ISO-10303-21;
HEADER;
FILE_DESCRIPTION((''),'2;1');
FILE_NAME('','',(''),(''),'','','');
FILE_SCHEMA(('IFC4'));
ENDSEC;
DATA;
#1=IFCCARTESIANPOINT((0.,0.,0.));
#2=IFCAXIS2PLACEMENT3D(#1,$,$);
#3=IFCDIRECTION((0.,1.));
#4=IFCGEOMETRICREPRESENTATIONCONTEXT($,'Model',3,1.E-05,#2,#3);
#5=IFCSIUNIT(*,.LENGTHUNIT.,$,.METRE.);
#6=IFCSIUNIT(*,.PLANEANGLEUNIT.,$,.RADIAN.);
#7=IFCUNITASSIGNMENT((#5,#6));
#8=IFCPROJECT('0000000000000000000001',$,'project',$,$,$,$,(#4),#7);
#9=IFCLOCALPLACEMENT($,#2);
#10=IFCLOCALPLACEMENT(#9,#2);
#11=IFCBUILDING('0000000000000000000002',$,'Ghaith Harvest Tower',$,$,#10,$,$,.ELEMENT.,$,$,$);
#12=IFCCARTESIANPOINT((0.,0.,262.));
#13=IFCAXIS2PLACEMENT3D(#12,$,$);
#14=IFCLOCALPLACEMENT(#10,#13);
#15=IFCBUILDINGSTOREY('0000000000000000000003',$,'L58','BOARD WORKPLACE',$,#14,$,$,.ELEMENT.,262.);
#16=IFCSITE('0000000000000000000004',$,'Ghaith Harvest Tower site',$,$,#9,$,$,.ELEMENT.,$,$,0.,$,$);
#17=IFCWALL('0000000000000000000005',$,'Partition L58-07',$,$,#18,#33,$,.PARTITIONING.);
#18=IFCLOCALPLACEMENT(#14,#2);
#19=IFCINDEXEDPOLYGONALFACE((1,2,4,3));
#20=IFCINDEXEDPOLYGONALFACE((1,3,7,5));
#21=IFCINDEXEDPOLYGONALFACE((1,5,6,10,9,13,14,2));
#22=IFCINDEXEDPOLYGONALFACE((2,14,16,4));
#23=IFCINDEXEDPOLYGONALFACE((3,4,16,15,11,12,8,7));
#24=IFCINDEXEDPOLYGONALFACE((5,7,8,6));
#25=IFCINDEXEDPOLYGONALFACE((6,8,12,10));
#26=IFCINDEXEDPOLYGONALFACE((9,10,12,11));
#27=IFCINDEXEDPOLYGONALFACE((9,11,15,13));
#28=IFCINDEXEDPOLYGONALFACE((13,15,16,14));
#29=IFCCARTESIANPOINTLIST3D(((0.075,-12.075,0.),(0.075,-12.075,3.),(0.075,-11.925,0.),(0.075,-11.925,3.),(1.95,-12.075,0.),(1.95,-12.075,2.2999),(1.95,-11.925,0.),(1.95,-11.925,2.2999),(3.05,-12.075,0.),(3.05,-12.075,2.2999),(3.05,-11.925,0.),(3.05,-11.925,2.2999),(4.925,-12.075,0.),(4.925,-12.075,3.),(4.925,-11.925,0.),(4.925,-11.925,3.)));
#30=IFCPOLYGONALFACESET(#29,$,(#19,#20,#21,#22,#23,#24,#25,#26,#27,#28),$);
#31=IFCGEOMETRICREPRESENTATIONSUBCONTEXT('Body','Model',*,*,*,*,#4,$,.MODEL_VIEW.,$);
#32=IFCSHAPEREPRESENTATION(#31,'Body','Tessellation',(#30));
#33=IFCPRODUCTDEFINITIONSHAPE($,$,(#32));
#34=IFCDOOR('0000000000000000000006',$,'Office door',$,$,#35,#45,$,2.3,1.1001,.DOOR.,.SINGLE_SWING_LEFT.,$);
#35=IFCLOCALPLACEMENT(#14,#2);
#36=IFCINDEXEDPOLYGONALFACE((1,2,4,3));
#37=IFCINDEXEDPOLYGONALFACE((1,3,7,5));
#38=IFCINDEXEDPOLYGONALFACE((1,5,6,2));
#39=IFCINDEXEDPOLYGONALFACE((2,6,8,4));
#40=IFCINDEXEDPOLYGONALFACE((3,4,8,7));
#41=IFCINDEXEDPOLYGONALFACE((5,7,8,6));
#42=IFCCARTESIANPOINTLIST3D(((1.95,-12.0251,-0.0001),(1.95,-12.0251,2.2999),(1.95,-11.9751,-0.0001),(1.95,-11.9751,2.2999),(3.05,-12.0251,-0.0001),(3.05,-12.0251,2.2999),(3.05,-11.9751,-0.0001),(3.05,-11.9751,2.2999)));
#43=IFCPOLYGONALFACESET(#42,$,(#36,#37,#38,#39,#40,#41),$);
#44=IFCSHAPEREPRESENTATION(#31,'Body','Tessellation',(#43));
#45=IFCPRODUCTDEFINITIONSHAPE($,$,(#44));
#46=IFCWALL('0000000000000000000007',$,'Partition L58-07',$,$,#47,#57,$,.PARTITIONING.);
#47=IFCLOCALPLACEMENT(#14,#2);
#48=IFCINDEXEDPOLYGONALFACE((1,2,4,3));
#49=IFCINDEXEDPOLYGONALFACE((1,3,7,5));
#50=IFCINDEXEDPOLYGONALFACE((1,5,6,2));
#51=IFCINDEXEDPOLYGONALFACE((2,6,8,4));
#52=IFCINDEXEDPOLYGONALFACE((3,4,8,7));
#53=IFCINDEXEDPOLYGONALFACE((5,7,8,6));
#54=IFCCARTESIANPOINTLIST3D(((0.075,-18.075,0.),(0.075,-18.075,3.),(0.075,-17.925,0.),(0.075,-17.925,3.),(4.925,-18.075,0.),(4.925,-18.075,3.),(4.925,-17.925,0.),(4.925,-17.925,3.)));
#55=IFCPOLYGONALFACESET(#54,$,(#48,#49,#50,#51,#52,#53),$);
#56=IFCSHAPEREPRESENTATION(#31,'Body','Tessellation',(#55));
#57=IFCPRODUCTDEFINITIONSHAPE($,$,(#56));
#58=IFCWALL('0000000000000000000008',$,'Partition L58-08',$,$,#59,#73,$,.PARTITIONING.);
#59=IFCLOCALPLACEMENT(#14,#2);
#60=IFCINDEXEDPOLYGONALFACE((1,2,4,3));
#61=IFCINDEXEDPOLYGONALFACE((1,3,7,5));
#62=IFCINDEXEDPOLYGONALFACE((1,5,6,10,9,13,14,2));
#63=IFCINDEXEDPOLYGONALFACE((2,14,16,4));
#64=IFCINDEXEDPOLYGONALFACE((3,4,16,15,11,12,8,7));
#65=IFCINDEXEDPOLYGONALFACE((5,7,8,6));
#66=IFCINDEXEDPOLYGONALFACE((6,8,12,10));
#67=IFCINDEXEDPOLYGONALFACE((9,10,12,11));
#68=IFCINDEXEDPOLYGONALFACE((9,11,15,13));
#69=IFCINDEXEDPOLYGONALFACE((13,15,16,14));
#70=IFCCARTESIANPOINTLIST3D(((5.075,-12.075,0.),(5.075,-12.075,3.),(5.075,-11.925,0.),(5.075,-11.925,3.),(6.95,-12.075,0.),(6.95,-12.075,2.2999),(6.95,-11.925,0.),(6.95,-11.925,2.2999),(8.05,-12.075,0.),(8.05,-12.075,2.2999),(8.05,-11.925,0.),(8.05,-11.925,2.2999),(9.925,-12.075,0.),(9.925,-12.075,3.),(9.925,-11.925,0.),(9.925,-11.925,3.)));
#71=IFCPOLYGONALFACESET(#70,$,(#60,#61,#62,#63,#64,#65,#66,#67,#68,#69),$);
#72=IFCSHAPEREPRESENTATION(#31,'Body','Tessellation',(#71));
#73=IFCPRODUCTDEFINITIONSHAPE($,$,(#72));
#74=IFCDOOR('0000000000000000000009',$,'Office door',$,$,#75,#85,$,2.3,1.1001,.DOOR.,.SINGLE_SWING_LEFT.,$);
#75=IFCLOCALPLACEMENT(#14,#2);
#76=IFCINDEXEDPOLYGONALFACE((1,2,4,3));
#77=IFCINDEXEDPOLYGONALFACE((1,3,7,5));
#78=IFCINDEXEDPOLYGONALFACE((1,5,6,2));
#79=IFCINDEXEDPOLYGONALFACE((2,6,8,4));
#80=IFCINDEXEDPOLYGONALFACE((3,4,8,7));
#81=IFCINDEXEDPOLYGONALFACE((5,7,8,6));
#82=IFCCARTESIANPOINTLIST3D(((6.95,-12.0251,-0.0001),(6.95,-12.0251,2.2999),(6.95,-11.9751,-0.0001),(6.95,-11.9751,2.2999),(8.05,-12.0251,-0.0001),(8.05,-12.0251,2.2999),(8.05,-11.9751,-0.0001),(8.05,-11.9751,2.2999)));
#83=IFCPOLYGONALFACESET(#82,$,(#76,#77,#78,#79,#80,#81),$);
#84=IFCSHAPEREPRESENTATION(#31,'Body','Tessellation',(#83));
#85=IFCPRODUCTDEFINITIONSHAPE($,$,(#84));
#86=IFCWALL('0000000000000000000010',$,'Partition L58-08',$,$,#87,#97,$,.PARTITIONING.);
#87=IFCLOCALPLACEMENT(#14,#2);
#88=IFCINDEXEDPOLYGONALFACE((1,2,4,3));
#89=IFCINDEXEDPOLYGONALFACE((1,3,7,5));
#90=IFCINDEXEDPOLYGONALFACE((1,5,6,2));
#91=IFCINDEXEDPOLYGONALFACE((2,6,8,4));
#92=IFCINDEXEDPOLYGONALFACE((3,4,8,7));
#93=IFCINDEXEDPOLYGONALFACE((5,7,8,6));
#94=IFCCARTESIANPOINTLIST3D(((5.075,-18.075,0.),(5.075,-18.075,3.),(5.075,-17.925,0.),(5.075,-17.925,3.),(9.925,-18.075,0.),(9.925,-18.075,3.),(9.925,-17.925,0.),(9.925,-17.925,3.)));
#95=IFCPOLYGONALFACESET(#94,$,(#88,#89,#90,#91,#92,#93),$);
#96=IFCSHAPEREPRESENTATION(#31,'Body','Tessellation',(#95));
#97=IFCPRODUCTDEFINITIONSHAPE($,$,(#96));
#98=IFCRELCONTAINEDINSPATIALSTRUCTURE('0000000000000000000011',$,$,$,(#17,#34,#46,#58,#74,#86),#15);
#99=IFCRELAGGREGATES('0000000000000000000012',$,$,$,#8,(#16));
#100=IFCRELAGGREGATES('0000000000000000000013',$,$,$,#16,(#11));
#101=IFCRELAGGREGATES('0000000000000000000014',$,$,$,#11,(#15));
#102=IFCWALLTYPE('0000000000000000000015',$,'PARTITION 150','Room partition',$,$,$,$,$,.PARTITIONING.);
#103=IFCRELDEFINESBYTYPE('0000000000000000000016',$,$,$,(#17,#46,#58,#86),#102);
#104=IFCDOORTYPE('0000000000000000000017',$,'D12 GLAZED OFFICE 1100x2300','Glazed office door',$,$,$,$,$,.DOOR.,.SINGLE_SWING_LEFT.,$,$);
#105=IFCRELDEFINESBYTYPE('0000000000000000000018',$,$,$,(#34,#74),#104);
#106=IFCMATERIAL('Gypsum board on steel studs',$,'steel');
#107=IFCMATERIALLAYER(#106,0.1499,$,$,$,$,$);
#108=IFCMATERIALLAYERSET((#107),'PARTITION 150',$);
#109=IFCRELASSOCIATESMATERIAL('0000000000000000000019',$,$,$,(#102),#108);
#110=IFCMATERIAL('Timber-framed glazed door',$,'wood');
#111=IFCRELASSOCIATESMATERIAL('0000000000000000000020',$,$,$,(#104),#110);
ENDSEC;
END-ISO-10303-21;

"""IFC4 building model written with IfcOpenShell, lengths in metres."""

from ifc_helpers import new_model, si_unit, direction, frame, frame_2d, origin, place, context, subcontext, project, spatial, rectangle, extrude, material, layer, layer_set, type_object, element, fill, save


model = new_model("IFC4")

# Units and contexts
model_context = context("Model", 3, precision=1e-05, world=origin(), true_north=direction((0.0, 1.0)))
body_context = subcontext(model_context, "Body", "Model", "MODEL_VIEW")
ifc_project = project(units=[si_unit("LENGTHUNIT", "METRE"), si_unit("PLANEANGLEUNIT", "RADIAN")], contexts=[model_context])

# Site, building, storey
site_placement = place(None, origin())
site = spatial("IfcSite", under=ifc_project, at=site_placement, Name="Ghaith Harvest Tower site", CompositionType="ELEMENT", RefElevation=0.0)
building_placement = place(site_placement, origin())
building = spatial("IfcBuilding", under=site, at=building_placement, Name="Ghaith Harvest Tower", CompositionType="ELEMENT")
storey_placement = place(building_placement, frame((0.0, 0.0, 262.0)))
storey = spatial("IfcBuildingStorey", under=building, at=storey_placement, Name="L58", Description="BOARD WORKPLACE", CompositionType="ELEMENT", Elevation=262.0)

# Shared definitions
ifc_material_1 = material(Name="Gypsum board on steel studs", Category="steel")
ifc_layer_1 = layer(ifc_material_1, 0.1499)
ifc_layer_set_1 = layer_set([ifc_layer_1], Name="PARTITION 150")
wall_type = type_object("IfcWallType", Name="PARTITION 150", Description="Room partition", PredefinedType="PARTITIONING", material=ifc_layer_set_1)

# Wall, opening, door
wall_1_placement = place(storey_placement, frame((0.075, -12.0, 0.0), z_axis=(0.0, 0.0, 1.0), x_axis=(1.0, 0.0, 0.0)))
wall_1 = element("IfcWall", 1, at=wall_1_placement, inside=storey, type_object=wall_type, Name="Partition L58-07", PredefinedType="PARTITIONING", context=body_context, shape_type="SweptSolid", body=[
    extrude(rectangle(XDim=4.8501, YDim=0.1499, at=frame_2d((2.425, 0.0))), origin(), (0.0, 0.0, 1.0), 3.0),
])
opening_1_placement = place(wall_1_placement, frame((1.875, 0.0, 0.0)))
opening_1 = element("IfcOpeningElement", 2, at=opening_1_placement, cuts=wall_1, PredefinedType="OPENING", context=body_context, shape_type="SweptSolid", body=[
    extrude(rectangle(XDim=1.1001, YDim=2.3, at=frame_2d((0.55, 1.1499))), frame((0.0, 0.085, 0.0), z_axis=(0.0, -1.0, 0.0), x_axis=(1.0, 0.0, 0.0)), (0.0, 0.0, 1.0), 0.1699),
])
ifc_material_2 = material(Name="Timber-framed glazed door", Category="wood")
door_type = type_object("IfcDoorType", Name="D12 GLAZED OFFICE 1100x2300", Description="Glazed office door", OperationType="SINGLE_SWING_LEFT", PredefinedType="DOOR", material=ifc_material_2)
door_1_placement = place(opening_1_placement, origin())
door_1 = element("IfcDoor", 3, at=door_1_placement, inside=storey, type_object=door_type, Name="Office door", OperationType="SINGLE_SWING_LEFT", OverallHeight=2.3, OverallWidth=1.1001, PredefinedType="DOOR", context=body_context, shape_type="SweptSolid", body=[
    extrude(rectangle(XDim=1.1001, YDim=2.3, at=frame_2d((0.55, 1.1499))), frame((0.0, 0.0249, 0.0), z_axis=(0.0, -1.0, 0.0), x_axis=(1.0, 0.0, 0.0)), (0.0, 0.0, 1.0), 0.05),
])
fill(opening_1, door_1)

# Wall
wall_2_placement = place(storey_placement, frame((0.075, -18.0, 0.0), z_axis=(0.0, 0.0, 1.0), x_axis=(1.0, 0.0, 0.0)))
element("IfcWall", 4, at=wall_2_placement, inside=storey, type_object=wall_type, Name="Partition L58-07", PredefinedType="PARTITIONING", context=body_context, shape_type="SweptSolid", body=[
    extrude(rectangle(XDim=4.8501, YDim=0.1499, at=frame_2d((2.425, 0.0))), origin(), (0.0, 0.0, 1.0), 3.0),
])

# Wall, opening, door
wall_3_placement = place(storey_placement, frame((5.075, -12.0, 0.0), z_axis=(0.0, 0.0, 1.0), x_axis=(1.0, 0.0, 0.0)))
wall_3 = element("IfcWall", 5, at=wall_3_placement, inside=storey, type_object=wall_type, Name="Partition L58-08", PredefinedType="PARTITIONING", context=body_context, shape_type="SweptSolid", body=[
    extrude(rectangle(XDim=4.8501, YDim=0.1499, at=frame_2d((2.425, 0.0))), origin(), (0.0, 0.0, 1.0), 3.0),
])
opening_2_placement = place(wall_3_placement, frame((1.875, 0.0, 0.0)))
opening_2 = element("IfcOpeningElement", 6, at=opening_2_placement, cuts=wall_3, PredefinedType="OPENING", context=body_context, shape_type="SweptSolid", body=[
    extrude(rectangle(XDim=1.1001, YDim=2.3, at=frame_2d((0.55, 1.1499))), frame((0.0, 0.085, 0.0), z_axis=(0.0, -1.0, 0.0), x_axis=(1.0, 0.0, 0.0)), (0.0, 0.0, 1.0), 0.1699),
])
door_2_placement = place(opening_2_placement, origin())
door_2 = element("IfcDoor", 7, at=door_2_placement, inside=storey, type_object=door_type, Name="Office door", OperationType="SINGLE_SWING_LEFT", OverallHeight=2.3, OverallWidth=1.1001, PredefinedType="DOOR", context=body_context, shape_type="SweptSolid", body=[
    extrude(rectangle(XDim=1.1001, YDim=2.3, at=frame_2d((0.55, 1.1499))), frame((0.0, 0.0249, 0.0), z_axis=(0.0, -1.0, 0.0), x_axis=(1.0, 0.0, 0.0)), (0.0, 0.0, 1.0), 0.05),
])
fill(opening_2, door_2)

# Wall
wall_4_placement = place(storey_placement, frame((5.075, -18.0, 0.0), z_axis=(0.0, 0.0, 1.0), x_axis=(1.0, 0.0, 0.0)))
element("IfcWall", 8, at=wall_4_placement, inside=storey, type_object=wall_type, Name="Partition L58-08", PredefinedType="PARTITIONING", context=body_context, shape_type="SweptSolid", body=[
    extrude(rectangle(XDim=4.8501, YDim=0.1499, at=frame_2d((2.425, 0.0))), origin(), (0.0, 0.0, 1.0), 3.0),
])

save(model, "model.ifc")
